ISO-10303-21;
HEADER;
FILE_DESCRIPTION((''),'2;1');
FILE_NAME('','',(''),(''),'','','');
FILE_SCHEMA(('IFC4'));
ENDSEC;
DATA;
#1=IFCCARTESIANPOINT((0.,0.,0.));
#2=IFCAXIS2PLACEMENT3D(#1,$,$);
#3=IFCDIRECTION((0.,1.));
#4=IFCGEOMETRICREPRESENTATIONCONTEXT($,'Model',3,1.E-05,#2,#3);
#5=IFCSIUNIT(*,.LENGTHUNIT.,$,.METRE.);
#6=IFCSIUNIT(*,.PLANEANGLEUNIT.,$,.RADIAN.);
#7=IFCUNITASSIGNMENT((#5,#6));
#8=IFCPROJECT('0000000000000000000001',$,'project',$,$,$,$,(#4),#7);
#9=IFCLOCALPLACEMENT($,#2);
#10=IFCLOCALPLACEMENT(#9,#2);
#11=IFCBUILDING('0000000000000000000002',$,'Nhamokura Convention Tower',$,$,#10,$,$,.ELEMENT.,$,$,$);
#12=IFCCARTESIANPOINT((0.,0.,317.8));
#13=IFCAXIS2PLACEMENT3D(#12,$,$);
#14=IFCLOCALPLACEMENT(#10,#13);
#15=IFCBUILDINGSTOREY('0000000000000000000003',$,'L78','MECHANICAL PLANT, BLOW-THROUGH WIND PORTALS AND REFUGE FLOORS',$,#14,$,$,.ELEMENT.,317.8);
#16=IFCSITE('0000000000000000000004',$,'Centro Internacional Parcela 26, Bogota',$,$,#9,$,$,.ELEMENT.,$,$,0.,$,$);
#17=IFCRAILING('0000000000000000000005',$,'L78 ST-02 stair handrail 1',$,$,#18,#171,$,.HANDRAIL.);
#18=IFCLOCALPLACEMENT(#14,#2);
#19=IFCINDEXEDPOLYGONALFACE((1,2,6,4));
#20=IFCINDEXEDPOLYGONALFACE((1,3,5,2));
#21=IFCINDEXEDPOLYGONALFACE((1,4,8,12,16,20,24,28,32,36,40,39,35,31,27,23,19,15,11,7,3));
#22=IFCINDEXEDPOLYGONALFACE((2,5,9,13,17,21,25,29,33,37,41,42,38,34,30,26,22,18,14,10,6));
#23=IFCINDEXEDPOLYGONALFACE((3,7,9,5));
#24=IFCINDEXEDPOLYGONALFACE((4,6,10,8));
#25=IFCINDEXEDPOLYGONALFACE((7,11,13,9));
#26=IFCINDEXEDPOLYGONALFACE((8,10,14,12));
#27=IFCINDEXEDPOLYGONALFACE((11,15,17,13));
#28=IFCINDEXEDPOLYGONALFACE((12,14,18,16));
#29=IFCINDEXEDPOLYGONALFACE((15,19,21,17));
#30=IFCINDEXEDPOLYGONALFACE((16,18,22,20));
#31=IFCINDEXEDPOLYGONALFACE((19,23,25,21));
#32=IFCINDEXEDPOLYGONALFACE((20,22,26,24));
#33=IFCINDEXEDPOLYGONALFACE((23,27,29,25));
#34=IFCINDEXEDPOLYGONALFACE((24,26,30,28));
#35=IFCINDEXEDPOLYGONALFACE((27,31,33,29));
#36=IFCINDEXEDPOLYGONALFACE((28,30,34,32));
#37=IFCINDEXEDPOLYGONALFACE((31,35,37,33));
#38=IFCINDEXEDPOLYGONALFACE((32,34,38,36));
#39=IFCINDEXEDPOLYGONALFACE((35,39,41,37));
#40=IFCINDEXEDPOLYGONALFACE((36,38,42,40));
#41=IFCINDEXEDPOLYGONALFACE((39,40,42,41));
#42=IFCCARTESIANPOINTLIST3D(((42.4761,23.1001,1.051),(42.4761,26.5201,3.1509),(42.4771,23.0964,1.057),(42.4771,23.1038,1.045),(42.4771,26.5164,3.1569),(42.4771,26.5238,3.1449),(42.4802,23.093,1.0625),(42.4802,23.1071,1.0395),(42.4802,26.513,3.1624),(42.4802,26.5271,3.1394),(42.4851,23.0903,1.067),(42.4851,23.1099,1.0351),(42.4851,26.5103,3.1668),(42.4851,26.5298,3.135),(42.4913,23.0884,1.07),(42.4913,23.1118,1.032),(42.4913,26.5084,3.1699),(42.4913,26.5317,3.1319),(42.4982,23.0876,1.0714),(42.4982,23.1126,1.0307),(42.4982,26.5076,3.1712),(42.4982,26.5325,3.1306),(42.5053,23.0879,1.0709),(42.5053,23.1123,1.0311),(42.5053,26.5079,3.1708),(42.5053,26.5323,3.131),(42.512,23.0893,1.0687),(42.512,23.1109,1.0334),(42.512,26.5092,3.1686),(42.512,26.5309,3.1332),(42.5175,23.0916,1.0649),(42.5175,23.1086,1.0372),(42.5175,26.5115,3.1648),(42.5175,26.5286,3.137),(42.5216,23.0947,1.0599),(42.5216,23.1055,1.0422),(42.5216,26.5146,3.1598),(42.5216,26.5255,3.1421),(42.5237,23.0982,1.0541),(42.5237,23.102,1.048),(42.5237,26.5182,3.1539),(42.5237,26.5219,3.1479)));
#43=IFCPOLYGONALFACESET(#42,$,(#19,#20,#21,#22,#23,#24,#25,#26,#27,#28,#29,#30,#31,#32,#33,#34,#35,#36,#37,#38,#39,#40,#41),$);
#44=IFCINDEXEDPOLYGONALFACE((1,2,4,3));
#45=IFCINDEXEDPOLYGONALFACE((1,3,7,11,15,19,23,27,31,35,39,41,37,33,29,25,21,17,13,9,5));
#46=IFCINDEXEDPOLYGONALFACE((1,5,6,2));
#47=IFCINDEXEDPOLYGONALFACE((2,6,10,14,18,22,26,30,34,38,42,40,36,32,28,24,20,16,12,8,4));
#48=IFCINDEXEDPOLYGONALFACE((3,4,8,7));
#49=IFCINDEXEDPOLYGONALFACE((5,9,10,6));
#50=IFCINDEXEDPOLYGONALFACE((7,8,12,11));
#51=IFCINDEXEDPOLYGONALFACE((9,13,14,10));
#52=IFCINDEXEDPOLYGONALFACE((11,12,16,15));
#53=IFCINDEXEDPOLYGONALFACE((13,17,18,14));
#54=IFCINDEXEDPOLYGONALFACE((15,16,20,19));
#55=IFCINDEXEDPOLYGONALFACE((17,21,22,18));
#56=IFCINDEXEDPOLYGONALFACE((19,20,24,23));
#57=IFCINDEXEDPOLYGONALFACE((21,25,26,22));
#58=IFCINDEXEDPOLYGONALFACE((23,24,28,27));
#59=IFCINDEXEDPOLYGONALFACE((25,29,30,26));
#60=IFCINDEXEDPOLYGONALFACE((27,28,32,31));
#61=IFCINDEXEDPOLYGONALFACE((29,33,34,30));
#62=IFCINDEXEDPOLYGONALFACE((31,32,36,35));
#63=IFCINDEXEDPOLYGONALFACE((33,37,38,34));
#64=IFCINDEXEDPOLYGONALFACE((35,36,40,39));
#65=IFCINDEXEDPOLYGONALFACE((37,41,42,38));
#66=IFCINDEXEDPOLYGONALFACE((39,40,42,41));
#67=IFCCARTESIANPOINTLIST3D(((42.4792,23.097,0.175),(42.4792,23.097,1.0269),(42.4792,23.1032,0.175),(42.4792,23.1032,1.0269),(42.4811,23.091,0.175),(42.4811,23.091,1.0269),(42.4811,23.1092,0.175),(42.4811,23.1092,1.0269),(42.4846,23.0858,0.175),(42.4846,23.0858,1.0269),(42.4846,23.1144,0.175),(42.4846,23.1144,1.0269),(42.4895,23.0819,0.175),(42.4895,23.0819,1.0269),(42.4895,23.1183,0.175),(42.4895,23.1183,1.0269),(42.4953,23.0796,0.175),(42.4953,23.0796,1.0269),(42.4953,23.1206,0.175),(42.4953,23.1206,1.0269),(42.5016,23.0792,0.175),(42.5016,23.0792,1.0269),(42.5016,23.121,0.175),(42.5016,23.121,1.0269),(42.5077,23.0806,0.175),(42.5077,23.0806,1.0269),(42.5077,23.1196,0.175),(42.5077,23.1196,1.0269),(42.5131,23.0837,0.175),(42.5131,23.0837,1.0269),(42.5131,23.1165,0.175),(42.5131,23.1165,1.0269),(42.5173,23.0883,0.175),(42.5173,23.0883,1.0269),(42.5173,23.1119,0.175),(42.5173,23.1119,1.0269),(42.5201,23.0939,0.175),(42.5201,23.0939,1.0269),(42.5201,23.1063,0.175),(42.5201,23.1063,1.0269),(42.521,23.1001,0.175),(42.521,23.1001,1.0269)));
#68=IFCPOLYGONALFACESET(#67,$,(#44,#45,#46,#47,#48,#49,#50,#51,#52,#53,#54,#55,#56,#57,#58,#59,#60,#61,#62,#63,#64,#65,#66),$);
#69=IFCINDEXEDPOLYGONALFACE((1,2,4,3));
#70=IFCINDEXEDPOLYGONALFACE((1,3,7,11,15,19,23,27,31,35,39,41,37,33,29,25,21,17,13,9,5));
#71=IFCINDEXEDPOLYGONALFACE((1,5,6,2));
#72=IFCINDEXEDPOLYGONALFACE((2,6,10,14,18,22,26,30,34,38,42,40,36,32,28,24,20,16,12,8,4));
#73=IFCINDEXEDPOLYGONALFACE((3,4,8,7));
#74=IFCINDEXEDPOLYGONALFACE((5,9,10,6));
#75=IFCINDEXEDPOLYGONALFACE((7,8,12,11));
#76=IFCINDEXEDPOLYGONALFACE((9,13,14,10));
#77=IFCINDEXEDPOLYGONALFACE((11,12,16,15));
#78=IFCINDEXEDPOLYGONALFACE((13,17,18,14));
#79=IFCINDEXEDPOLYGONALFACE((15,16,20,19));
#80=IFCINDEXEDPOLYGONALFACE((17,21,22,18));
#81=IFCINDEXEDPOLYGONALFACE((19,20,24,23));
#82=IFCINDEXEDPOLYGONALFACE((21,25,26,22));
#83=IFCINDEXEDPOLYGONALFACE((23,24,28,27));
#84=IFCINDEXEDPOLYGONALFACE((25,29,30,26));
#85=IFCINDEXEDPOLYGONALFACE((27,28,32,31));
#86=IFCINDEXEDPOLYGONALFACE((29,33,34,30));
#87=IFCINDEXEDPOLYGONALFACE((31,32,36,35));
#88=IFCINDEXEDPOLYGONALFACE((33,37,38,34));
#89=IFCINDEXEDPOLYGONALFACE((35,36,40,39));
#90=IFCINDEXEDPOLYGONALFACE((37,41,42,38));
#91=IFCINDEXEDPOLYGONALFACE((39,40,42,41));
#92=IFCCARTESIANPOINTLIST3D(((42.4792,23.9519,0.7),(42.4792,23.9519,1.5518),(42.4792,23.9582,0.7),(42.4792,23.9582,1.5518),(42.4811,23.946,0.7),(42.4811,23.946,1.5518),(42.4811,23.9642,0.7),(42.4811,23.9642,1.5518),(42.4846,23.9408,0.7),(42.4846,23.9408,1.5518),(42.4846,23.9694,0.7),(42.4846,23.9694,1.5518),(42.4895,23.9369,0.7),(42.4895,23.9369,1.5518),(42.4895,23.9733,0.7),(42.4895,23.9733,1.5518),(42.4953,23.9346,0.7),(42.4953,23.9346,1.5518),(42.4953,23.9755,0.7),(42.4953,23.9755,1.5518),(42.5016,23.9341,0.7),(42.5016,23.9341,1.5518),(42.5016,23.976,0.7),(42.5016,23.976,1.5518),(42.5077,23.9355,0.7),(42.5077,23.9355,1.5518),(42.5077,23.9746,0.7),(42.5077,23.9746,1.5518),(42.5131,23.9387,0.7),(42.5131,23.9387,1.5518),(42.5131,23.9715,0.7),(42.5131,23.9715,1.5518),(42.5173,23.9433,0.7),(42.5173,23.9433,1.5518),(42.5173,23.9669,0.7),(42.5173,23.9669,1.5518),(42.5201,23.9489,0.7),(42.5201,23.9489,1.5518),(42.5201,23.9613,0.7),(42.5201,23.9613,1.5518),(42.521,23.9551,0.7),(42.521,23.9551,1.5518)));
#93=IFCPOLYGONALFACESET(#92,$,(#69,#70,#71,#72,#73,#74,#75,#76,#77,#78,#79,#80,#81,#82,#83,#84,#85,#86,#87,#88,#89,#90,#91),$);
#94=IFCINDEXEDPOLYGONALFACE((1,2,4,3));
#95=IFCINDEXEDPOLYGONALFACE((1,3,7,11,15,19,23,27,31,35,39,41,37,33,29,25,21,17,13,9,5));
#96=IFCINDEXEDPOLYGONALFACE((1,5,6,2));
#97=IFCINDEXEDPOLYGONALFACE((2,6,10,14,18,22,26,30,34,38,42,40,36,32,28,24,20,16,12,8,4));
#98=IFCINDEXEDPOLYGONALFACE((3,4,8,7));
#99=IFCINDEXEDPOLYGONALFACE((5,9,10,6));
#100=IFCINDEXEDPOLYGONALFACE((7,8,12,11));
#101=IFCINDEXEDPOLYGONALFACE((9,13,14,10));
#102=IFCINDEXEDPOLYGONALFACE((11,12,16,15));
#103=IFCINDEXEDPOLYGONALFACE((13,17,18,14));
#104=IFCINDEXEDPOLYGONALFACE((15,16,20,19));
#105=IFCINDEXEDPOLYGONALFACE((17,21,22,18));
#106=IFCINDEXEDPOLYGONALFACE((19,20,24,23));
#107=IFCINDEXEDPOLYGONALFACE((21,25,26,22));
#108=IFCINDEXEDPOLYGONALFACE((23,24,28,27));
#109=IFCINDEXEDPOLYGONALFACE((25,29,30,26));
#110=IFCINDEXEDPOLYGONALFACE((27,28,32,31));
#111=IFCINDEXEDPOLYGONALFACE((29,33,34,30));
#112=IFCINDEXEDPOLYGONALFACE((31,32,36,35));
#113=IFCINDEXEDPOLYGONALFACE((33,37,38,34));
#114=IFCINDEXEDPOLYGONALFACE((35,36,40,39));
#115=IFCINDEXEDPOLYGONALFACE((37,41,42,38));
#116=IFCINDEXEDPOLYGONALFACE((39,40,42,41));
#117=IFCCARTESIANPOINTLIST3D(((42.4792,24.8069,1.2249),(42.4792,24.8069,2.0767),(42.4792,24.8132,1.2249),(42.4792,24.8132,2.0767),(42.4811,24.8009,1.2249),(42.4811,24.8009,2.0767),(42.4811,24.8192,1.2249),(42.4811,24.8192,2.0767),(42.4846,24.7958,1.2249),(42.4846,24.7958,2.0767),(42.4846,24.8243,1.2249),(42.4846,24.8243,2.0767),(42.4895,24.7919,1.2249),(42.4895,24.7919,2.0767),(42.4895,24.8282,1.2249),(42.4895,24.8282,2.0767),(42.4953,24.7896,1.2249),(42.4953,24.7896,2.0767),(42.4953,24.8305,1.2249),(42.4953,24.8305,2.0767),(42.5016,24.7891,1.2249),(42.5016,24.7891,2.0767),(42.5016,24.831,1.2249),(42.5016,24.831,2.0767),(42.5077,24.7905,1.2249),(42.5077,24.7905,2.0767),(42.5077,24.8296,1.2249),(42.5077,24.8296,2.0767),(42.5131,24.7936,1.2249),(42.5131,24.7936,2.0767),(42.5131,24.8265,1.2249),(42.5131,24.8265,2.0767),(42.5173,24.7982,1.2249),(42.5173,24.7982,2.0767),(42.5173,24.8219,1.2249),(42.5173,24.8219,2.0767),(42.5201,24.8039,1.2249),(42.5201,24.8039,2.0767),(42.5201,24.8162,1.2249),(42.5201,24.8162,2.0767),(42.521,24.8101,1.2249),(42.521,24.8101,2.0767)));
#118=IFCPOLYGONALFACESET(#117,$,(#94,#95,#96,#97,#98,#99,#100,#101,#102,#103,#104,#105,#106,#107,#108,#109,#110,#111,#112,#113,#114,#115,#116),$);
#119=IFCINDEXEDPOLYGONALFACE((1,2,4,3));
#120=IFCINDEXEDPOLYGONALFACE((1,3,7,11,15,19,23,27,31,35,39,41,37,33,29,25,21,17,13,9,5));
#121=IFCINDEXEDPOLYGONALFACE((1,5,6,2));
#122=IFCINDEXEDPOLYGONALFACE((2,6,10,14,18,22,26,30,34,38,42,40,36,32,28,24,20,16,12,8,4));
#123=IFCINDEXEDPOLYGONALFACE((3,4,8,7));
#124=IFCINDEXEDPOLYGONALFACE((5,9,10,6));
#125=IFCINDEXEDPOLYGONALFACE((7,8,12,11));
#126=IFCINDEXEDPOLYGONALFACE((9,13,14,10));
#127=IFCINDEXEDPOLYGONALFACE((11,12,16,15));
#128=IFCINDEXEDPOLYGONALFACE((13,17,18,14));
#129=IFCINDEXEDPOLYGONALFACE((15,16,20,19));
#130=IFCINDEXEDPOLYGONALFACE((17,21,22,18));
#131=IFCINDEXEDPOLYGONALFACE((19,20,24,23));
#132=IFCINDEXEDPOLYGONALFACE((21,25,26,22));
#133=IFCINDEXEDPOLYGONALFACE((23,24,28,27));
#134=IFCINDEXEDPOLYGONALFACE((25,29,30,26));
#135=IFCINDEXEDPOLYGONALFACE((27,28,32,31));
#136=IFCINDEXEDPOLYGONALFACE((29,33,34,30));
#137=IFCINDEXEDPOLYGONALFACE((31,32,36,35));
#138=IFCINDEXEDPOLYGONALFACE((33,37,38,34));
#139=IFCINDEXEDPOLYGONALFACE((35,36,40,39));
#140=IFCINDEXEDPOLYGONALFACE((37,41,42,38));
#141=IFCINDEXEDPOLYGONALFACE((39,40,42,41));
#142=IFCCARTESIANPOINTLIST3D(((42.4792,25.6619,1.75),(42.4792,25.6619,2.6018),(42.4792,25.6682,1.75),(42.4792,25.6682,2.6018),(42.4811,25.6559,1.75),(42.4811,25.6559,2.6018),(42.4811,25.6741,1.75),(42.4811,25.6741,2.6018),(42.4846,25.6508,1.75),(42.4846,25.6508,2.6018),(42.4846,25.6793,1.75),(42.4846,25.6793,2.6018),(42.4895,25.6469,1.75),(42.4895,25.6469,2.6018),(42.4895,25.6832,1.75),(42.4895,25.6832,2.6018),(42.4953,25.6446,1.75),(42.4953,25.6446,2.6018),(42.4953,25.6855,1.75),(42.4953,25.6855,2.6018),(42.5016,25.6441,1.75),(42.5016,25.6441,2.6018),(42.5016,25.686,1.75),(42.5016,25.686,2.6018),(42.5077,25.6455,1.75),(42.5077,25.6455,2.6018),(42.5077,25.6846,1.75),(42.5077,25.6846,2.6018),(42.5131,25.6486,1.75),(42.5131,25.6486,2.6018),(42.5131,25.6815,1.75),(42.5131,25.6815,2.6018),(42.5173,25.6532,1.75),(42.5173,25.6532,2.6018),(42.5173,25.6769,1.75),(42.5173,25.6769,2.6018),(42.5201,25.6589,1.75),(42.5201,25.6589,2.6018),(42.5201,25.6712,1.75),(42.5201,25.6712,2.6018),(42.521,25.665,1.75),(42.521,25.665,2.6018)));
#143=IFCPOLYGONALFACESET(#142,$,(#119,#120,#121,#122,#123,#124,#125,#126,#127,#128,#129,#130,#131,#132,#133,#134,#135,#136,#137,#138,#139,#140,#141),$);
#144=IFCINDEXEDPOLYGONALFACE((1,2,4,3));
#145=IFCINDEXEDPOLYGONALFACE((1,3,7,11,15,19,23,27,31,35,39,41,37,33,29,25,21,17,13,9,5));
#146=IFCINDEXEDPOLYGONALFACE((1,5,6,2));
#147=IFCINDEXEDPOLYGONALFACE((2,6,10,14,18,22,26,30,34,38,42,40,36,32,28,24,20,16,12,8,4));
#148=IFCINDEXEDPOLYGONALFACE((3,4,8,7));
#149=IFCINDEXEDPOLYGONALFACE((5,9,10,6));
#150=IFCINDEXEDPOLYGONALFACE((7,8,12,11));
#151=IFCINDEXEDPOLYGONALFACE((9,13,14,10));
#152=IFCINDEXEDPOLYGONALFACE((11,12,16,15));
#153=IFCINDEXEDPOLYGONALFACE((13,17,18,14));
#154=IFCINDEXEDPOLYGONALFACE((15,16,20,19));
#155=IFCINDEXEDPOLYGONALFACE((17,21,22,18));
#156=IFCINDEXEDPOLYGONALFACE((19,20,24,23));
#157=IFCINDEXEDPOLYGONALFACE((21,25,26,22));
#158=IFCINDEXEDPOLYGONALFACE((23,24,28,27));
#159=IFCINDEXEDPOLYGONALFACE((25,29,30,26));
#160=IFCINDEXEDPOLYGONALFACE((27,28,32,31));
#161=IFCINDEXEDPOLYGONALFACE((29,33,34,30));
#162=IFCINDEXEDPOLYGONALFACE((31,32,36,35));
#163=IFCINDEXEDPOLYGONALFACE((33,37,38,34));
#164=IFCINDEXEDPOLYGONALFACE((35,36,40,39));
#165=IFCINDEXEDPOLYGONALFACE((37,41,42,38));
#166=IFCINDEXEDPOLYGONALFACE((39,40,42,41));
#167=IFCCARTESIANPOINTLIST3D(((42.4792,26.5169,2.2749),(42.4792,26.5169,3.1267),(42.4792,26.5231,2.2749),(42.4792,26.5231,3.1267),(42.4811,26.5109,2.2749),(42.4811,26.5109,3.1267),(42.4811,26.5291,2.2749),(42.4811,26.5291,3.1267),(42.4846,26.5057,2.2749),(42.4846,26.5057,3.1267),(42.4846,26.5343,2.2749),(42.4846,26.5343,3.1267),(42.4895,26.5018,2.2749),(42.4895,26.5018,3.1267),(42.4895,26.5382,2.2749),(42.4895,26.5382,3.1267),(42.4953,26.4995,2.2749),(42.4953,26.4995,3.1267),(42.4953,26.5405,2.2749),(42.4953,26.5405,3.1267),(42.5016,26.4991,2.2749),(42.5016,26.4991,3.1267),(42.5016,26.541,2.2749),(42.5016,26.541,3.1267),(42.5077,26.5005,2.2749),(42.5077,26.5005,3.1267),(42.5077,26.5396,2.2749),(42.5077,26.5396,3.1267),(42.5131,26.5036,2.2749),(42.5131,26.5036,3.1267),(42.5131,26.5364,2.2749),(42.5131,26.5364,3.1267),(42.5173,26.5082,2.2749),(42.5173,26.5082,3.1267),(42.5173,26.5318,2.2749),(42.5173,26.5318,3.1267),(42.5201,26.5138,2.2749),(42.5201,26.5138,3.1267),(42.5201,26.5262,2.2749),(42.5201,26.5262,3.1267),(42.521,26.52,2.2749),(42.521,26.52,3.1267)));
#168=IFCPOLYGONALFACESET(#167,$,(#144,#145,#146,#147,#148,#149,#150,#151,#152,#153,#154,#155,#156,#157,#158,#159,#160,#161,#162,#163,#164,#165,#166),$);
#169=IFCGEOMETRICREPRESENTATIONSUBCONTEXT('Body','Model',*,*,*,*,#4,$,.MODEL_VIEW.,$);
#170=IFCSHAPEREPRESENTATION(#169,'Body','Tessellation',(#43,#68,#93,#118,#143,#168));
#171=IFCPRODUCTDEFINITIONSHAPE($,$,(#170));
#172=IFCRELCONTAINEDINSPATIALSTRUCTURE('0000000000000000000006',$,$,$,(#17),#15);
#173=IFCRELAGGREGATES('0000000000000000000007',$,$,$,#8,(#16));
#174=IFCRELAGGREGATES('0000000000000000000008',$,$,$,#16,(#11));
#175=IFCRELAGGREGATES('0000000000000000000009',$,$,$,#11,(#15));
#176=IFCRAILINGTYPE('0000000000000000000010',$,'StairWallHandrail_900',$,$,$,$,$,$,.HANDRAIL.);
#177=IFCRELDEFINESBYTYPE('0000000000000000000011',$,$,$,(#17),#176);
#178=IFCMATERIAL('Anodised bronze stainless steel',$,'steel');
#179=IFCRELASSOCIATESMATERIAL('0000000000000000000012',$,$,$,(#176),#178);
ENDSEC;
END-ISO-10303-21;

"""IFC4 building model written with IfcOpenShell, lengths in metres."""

from ifc_helpers import new_model, si_unit, direction, frame, origin, origin_2d, place, context, subcontext, project, spatial, circle, extrude, material, type_object, element, save


model = new_model("IFC4")

# Units and contexts
model_context = context("Model", 3, precision=1e-05, world=origin(), true_north=direction((0.0, 1.0)))
body_context = subcontext(model_context, "Body", "Model", "MODEL_VIEW")
ifc_project = project(units=[si_unit("LENGTHUNIT", "METRE"), si_unit("PLANEANGLEUNIT", "RADIAN")], contexts=[model_context])

# Site, building, storey
site_placement = place(None, origin())
site = spatial("IfcSite", under=ifc_project, at=site_placement, Name="Centro Internacional Parcela 26, Bogota", CompositionType="ELEMENT", RefElevation=0.0)
building_placement = place(site_placement, origin())
building = spatial("IfcBuilding", under=site, at=building_placement, Name="Nhamokura Convention Tower", CompositionType="ELEMENT")
storey_placement = place(building_placement, frame((0.0, 0.0, 317.8)))
storey = spatial("IfcBuildingStorey", under=building, at=storey_placement, Name="L78", Description="MECHANICAL PLANT, BLOW-THROUGH WIND PORTALS AND REFUGE FLOORS", CompositionType="ELEMENT", Elevation=317.8)

# Railing
ifc_material_1 = material(Name="Anodised bronze stainless steel", Category="steel")
railing_type = type_object("IfcRailingType", Name="StairWallHandrail_900", PredefinedType="HANDRAIL", material=ifc_material_1)
railing_placement = place(storey_placement, frame((42.5, 23.1001, 0.175)))
element("IfcRailing", 1, at=railing_placement, inside=storey, type_object=railing_type, Name="L78 ST-02 stair handrail 1", PredefinedType="HANDRAIL", context=body_context, shape_type="SweptSolid", body=[
    extrude(circle(Radius=0.0239, at=origin_2d()), frame((0.0, 0.0, 0.876), z_axis=(0.0, 0.852182, 0.523245), x_axis=(-1.0, 0.0, 0.0)), (0.0, 0.0, 1.0), 4.0132),
    extrude(circle(Radius=0.021, at=origin_2d()), origin(), (0.0, 0.0, 1.0), 0.8518),
    extrude(circle(Radius=0.021, at=origin_2d()), frame((0.0, 0.855, 0.5249)), (0.0, 0.0, 1.0), 0.8518),
    extrude(circle(Radius=0.021, at=origin_2d()), frame((0.0, 1.71, 1.0498)), (0.0, 0.0, 1.0), 0.8518),
    extrude(circle(Radius=0.021, at=origin_2d()), frame((0.0, 2.5649, 1.575)), (0.0, 0.0, 1.0), 0.8518),
    extrude(circle(Radius=0.021, at=origin_2d()), frame((0.0, 3.4199, 2.0999)), (0.0, 0.0, 1.0), 0.8518),
])

save(model, "model.ifc")
